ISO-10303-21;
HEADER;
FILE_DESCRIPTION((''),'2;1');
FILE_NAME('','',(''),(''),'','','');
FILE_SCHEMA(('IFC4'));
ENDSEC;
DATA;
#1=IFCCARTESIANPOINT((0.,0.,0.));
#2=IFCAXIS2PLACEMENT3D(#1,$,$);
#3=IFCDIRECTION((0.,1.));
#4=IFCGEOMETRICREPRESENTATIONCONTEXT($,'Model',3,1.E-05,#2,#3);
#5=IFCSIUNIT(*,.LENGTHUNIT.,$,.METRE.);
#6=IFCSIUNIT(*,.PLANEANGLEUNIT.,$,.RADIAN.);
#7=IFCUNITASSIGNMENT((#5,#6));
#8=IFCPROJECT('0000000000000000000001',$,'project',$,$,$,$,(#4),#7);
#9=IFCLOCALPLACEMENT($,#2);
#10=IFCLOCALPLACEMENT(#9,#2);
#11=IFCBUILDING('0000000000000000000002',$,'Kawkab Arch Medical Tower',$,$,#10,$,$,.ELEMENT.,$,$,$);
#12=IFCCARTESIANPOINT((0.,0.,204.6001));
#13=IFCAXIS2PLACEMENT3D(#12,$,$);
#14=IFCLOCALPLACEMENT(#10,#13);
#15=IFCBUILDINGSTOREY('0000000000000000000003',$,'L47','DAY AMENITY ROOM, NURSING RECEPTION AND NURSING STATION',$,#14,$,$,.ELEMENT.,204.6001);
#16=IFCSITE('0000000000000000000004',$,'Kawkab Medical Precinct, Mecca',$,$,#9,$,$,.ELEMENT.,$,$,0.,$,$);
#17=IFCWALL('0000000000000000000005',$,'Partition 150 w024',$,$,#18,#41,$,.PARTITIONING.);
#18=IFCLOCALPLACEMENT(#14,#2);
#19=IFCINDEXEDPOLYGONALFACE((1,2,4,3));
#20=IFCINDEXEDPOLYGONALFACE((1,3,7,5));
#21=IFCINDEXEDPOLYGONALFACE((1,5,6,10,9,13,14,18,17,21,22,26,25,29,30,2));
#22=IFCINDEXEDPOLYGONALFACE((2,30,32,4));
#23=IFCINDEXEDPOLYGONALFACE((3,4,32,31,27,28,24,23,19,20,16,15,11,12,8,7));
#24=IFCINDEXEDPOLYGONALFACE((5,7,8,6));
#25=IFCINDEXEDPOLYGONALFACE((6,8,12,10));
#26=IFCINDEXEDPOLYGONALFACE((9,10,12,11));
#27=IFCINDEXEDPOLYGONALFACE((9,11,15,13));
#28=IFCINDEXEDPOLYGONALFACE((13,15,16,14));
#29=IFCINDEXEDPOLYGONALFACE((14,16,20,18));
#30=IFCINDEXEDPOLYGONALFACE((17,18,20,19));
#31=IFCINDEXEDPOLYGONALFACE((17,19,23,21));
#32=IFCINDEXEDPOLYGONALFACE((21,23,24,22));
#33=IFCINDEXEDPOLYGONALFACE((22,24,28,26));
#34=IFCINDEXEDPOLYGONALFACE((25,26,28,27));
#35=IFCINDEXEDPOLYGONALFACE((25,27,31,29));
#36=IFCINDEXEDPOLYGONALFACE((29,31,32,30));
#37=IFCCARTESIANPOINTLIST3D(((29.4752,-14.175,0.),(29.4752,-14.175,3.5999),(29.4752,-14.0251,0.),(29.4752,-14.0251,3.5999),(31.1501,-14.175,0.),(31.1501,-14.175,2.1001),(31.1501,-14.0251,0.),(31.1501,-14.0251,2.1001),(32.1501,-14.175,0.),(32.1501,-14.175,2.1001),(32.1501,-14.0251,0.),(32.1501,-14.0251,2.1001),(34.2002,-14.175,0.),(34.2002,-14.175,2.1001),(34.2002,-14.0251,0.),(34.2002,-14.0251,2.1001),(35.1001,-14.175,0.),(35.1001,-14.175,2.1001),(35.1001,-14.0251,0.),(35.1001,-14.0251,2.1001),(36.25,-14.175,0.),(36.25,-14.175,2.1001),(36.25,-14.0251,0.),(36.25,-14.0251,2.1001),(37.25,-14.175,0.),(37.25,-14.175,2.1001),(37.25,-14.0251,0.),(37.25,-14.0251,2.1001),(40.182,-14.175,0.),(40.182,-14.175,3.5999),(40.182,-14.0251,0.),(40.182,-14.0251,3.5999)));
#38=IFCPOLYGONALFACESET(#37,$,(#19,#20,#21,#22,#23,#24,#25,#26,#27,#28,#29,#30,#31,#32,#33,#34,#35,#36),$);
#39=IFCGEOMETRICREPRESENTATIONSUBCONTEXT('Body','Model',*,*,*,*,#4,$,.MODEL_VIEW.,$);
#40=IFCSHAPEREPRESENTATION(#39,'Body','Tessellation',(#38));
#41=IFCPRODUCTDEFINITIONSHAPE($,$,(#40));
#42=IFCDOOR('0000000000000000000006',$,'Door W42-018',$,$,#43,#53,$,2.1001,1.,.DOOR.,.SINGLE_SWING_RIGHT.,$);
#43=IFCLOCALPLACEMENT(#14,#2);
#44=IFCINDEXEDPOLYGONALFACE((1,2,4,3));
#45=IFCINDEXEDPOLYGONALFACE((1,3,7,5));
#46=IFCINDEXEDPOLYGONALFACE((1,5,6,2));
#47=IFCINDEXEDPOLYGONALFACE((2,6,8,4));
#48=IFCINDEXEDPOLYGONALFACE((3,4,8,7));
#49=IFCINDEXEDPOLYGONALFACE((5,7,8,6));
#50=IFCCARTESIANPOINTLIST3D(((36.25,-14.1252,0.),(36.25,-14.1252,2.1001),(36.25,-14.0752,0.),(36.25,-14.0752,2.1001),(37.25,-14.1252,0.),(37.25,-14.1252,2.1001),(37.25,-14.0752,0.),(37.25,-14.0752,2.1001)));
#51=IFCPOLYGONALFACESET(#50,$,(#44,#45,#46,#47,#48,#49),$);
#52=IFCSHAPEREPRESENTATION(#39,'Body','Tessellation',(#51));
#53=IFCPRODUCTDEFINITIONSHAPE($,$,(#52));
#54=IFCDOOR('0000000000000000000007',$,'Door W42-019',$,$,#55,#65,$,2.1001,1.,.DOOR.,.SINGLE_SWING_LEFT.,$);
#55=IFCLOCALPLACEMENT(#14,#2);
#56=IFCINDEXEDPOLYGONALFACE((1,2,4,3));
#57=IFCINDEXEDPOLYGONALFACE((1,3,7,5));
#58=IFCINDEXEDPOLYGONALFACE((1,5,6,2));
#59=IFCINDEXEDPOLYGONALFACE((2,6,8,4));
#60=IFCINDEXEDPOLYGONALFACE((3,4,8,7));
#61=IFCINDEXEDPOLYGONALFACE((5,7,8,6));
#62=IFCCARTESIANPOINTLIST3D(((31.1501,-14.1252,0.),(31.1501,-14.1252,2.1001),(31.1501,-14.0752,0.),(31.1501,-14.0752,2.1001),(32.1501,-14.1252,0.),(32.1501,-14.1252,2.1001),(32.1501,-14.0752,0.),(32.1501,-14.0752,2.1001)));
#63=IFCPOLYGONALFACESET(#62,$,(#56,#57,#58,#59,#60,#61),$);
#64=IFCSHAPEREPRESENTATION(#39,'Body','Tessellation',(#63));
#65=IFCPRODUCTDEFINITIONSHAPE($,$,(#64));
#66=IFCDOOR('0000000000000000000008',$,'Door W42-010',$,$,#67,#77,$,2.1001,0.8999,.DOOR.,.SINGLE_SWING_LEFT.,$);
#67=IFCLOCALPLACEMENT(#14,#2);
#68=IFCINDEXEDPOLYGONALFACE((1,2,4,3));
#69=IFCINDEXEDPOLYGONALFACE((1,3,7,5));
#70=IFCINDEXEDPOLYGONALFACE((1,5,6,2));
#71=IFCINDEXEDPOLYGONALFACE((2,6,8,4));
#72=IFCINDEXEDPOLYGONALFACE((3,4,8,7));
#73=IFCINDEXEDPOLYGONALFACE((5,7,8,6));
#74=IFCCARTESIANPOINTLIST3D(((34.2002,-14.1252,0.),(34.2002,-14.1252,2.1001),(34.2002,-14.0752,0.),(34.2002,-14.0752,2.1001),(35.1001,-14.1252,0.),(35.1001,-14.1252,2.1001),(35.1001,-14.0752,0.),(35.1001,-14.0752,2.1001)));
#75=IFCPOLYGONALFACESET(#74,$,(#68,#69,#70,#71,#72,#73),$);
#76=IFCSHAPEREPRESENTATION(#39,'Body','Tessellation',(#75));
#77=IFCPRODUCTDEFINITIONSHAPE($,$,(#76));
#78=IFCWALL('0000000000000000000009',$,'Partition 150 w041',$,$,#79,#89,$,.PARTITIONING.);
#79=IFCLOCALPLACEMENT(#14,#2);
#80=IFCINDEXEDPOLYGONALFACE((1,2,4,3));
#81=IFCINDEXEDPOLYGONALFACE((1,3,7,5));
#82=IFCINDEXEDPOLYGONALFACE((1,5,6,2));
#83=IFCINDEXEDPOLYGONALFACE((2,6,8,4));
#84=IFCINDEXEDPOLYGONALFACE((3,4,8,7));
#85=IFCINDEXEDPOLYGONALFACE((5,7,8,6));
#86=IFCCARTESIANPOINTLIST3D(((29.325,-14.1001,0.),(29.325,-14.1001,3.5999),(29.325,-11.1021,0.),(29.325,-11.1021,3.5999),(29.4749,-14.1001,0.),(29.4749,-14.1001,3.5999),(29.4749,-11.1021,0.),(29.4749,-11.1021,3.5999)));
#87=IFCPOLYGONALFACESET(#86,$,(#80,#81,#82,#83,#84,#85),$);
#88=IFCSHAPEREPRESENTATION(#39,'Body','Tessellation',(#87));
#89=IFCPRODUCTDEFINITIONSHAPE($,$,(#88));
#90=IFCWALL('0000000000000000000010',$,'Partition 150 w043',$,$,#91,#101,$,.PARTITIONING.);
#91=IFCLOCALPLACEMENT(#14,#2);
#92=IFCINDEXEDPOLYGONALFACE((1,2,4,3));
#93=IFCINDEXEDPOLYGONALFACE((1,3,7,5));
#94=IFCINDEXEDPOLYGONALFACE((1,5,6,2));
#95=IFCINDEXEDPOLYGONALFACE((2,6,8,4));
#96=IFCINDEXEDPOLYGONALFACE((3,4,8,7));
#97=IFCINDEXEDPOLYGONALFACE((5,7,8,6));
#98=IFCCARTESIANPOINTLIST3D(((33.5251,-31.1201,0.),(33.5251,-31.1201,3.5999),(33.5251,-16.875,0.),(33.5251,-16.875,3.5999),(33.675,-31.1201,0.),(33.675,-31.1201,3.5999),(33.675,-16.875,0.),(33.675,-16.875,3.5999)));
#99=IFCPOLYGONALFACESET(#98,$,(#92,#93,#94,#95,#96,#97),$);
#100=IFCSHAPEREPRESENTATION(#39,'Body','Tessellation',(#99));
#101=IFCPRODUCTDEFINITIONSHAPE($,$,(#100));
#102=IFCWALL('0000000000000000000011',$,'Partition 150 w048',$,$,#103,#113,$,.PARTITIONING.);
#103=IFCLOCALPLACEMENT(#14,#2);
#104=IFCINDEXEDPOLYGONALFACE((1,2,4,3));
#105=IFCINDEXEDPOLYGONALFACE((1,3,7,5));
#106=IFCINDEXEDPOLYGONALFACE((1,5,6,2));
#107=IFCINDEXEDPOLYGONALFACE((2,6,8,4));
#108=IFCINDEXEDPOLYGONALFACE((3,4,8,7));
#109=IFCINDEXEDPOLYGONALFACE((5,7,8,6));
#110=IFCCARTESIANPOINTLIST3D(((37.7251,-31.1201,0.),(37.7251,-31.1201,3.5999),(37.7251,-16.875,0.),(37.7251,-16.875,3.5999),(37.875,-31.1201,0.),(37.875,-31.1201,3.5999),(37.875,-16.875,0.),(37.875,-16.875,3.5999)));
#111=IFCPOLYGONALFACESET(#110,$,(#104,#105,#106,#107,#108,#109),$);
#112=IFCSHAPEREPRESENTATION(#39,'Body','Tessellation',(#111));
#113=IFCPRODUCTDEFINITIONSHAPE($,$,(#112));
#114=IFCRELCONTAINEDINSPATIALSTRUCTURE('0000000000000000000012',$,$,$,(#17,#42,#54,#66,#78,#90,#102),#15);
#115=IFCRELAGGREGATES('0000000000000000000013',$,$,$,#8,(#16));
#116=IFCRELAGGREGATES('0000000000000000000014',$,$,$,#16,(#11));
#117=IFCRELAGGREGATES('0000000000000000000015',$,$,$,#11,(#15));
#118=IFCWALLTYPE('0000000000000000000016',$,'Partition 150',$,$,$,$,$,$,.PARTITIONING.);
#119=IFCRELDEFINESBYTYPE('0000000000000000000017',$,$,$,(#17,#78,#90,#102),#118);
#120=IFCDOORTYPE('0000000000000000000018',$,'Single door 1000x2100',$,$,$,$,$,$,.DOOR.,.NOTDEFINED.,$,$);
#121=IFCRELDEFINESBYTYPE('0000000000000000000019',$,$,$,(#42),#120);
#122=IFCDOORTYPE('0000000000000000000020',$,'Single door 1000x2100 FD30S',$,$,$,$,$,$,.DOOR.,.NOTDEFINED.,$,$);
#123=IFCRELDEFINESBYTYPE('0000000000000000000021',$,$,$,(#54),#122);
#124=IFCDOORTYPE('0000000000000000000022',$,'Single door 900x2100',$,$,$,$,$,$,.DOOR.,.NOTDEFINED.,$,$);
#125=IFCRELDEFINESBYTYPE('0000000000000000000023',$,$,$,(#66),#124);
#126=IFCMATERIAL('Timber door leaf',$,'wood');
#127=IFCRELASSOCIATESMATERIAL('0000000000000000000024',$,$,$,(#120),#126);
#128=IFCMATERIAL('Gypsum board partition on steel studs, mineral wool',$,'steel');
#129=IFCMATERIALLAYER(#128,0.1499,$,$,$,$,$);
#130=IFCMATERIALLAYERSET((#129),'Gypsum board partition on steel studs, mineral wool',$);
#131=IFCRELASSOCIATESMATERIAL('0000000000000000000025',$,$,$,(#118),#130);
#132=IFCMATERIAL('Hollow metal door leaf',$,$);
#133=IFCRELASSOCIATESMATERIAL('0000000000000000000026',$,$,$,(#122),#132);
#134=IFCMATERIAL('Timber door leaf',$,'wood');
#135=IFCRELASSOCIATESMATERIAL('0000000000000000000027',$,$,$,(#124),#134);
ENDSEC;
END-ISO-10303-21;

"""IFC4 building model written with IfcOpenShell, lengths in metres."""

from ifc_helpers import new_model, si_unit, direction, frame, frame_2d, origin, place, context, subcontext, project, spatial, rectangle, extrude, material, layer, layer_set, type_object, element, fill, save


model = new_model("IFC4")

# Units and contexts
model_context = context("Model", 3, precision=1e-05, world=origin(), true_north=direction((0.0, 1.0)))
body_context = subcontext(model_context, "Body", "Model", "MODEL_VIEW")
ifc_project = project(units=[si_unit("LENGTHUNIT", "METRE"), si_unit("PLANEANGLEUNIT", "RADIAN")], contexts=[model_context])

# Site, building, storey
site_placement = place(None, origin())
site = spatial("IfcSite", under=ifc_project, at=site_placement, Name="Kawkab Medical Precinct, Mecca", CompositionType="ELEMENT", RefElevation=0.0)
building_placement = place(site_placement, origin())
building = spatial("IfcBuilding", under=site, at=building_placement, Name="Kawkab Arch Medical Tower", CompositionType="ELEMENT")
storey_placement = place(building_placement, frame((0.0, 0.0, 204.6001)))
storey = spatial("IfcBuildingStorey", under=building, at=storey_placement, Name="L47", Description="DAY AMENITY ROOM, NURSING RECEPTION AND NURSING STATION", CompositionType="ELEMENT", Elevation=204.6001)

# Shared definitions
ifc_material_1 = material(Name="Timber door leaf", Category="wood")
door_type_1 = type_object("IfcDoorType", Name="Single door 1000x2100", OperationType="NOTDEFINED", PredefinedType="DOOR", material=ifc_material_1)

# Shared definitions
ifc_material_2 = material(Name="Gypsum board partition on steel studs, mineral wool", Category="steel")
ifc_layer_1 = layer(ifc_material_2, 0.1499)
ifc_layer_set_1 = layer_set([ifc_layer_1], Name="Gypsum board partition on steel studs, mineral wool")
wall_type_1 = type_object("IfcWallType", Name="Partition 150", PredefinedType="PARTITIONING", material=ifc_layer_set_1)

# Wall, openings, doors
wall_1_placement = place(storey_placement, frame((29.4751, -14.1001, 0.0), z_axis=(0.0, 0.0, 1.0), x_axis=(1.0, 0.0, 0.0)))
wall_1 = element("IfcWall", 1, at=wall_1_placement, inside=storey, type_object=wall_type_1, Name="Partition 150 w024", PredefinedType="PARTITIONING", context=body_context, shape_type="SweptSolid", body=[
    extrude(rectangle(XDim=10.7068, YDim=0.1499, at=frame_2d((5.3535, 0.0))), origin(), (0.0, 0.0, 1.0), 3.5999),
])
opening_1_placement = place(wall_1_placement, frame((1.675, 0.0, 0.0)))
opening_1 = element("IfcOpeningElement", 2, at=opening_1_placement, cuts=wall_1, PredefinedType="OPENING", context=body_context, shape_type="SweptSolid", body=[
    extrude(rectangle(XDim=1.0, YDim=2.1001, at=frame_2d((0.5, 1.05))), frame((0.0, 0.085, 0.0), z_axis=(0.0, -1.0, 0.0), x_axis=(1.0, 0.0, 0.0)), (0.0, 0.0, 1.0), 0.1699),
])
opening_2_placement = place(wall_1_placement, frame((4.7251, 0.0, 0.0)))
opening_2 = element("IfcOpeningElement", 3, at=opening_2_placement, cuts=wall_1, PredefinedType="OPENING", context=body_context, shape_type="SweptSolid", body=[
    extrude(rectangle(XDim=0.8999, YDim=2.1001, at=frame_2d((0.45, 1.05))), frame((0.0, 0.085, 0.0), z_axis=(0.0, -1.0, 0.0), x_axis=(1.0, 0.0, 0.0)), (0.0, 0.0, 1.0), 0.1699),
])
opening_3_placement = place(wall_1_placement, frame((6.7749, 0.0, 0.0)))
opening_3 = element("IfcOpeningElement", 4, at=opening_3_placement, cuts=wall_1, PredefinedType="OPENING", context=body_context, shape_type="SweptSolid", body=[
    extrude(rectangle(XDim=1.0, YDim=2.1001, at=frame_2d((0.5, 1.05))), frame((0.0, 0.085, 0.0), z_axis=(0.0, -1.0, 0.0), x_axis=(1.0, 0.0, 0.0)), (0.0, 0.0, 1.0), 0.1699),
])
door_1_placement = place(opening_3_placement, origin())
door_1 = element("IfcDoor", 5, at=door_1_placement, inside=storey, type_object=door_type_1, Name="Door W42-018", OperationType="SINGLE_SWING_RIGHT", OverallHeight=2.1001, OverallWidth=1.0, PredefinedType="DOOR", context=body_context, shape_type="SweptSolid", body=[
    extrude(rectangle(XDim=1.0, YDim=2.1001, at=frame_2d((0.5, 1.05))), frame((0.0, 0.0249, 0.0), z_axis=(0.0, -1.0, 0.0), x_axis=(1.0, 0.0, 0.0)), (0.0, 0.0, 1.0), 0.05),
])
fill(opening_3, door_1)
ifc_material_3 = material(Name="Hollow metal door leaf")
door_type_2 = type_object("IfcDoorType", Name="Single door 1000x2100 FD30S", OperationType="NOTDEFINED", PredefinedType="DOOR", material=ifc_material_3)
door_2_placement = place(opening_1_placement, origin())
door_2 = element("IfcDoor", 6, at=door_2_placement, inside=storey, type_object=door_type_2, Name="Door W42-019", OperationType="SINGLE_SWING_LEFT", OverallHeight=2.1001, OverallWidth=1.0, PredefinedType="DOOR", context=body_context, shape_type="SweptSolid", body=[
    extrude(rectangle(XDim=1.0, YDim=2.1001, at=frame_2d((0.5, 1.05))), frame((0.0, 0.0249, 0.0), z_axis=(0.0, -1.0, 0.0), x_axis=(1.0, 0.0, 0.0)), (0.0, 0.0, 1.0), 0.05),
])
fill(opening_1, door_2)
ifc_material_4 = material(Name="Timber door leaf", Category="wood")
door_type_3 = type_object("IfcDoorType", Name="Single door 900x2100", OperationType="NOTDEFINED", PredefinedType="DOOR", material=ifc_material_4)
door_3_placement = place(opening_2_placement, origin())
door_3 = element("IfcDoor", 7, at=door_3_placement, inside=storey, type_object=door_type_3, Name="Door W42-010", OperationType="SINGLE_SWING_LEFT", OverallHeight=2.1001, OverallWidth=0.8999, PredefinedType="DOOR", context=body_context, shape_type="SweptSolid", body=[
    extrude(rectangle(XDim=0.8999, YDim=2.1001, at=frame_2d((0.45, 1.05))), frame((0.0, 0.0249, 0.0), z_axis=(0.0, -1.0, 0.0), x_axis=(1.0, 0.0, 0.0)), (0.0, 0.0, 1.0), 0.05),
])
fill(opening_2, door_3)

# Walls
wall_2_placement = place(storey_placement, frame((29.3999, -14.1001, 0.0), z_axis=(0.0, 0.0, 1.0), x_axis=(0.0, 1.0, 0.0)))
element("IfcWall", 8, at=wall_2_placement, inside=storey, type_object=wall_type_1, Name="Partition 150 w041", PredefinedType="PARTITIONING", context=body_context, shape_type="SweptSolid", body=[
    extrude(rectangle(XDim=2.998, YDim=0.1499, at=frame_2d((1.499, 0.0))), origin(), (0.0, 0.0, 1.0), 3.5999),
])
for number, where, z_axis, x_axis, name in (
    (9, (33.6001, -31.1201, 0.0), (0.0, 0.0, 1.0), (0.0, 1.0, 0.0), "Partition 150 w043"),
    (10, (37.8, -31.1201, 0.0), (0.0, 0.0, 1.0), (0.0, 1.0, 0.0), "Partition 150 w048"),
):
    element("IfcWall", number, at=place(storey_placement, frame(where, z_axis=z_axis, x_axis=x_axis)), inside=storey, type_object=wall_type_1, Name=name, PredefinedType="PARTITIONING", context=body_context, shape_type="SweptSolid", body=[
        extrude(rectangle(XDim=14.2451, YDim=0.1499, at=frame_2d((7.1226, 0.0))), origin(), (0.0, 0.0, 1.0), 3.5999),
    ])

save(model, "model.ifc")
